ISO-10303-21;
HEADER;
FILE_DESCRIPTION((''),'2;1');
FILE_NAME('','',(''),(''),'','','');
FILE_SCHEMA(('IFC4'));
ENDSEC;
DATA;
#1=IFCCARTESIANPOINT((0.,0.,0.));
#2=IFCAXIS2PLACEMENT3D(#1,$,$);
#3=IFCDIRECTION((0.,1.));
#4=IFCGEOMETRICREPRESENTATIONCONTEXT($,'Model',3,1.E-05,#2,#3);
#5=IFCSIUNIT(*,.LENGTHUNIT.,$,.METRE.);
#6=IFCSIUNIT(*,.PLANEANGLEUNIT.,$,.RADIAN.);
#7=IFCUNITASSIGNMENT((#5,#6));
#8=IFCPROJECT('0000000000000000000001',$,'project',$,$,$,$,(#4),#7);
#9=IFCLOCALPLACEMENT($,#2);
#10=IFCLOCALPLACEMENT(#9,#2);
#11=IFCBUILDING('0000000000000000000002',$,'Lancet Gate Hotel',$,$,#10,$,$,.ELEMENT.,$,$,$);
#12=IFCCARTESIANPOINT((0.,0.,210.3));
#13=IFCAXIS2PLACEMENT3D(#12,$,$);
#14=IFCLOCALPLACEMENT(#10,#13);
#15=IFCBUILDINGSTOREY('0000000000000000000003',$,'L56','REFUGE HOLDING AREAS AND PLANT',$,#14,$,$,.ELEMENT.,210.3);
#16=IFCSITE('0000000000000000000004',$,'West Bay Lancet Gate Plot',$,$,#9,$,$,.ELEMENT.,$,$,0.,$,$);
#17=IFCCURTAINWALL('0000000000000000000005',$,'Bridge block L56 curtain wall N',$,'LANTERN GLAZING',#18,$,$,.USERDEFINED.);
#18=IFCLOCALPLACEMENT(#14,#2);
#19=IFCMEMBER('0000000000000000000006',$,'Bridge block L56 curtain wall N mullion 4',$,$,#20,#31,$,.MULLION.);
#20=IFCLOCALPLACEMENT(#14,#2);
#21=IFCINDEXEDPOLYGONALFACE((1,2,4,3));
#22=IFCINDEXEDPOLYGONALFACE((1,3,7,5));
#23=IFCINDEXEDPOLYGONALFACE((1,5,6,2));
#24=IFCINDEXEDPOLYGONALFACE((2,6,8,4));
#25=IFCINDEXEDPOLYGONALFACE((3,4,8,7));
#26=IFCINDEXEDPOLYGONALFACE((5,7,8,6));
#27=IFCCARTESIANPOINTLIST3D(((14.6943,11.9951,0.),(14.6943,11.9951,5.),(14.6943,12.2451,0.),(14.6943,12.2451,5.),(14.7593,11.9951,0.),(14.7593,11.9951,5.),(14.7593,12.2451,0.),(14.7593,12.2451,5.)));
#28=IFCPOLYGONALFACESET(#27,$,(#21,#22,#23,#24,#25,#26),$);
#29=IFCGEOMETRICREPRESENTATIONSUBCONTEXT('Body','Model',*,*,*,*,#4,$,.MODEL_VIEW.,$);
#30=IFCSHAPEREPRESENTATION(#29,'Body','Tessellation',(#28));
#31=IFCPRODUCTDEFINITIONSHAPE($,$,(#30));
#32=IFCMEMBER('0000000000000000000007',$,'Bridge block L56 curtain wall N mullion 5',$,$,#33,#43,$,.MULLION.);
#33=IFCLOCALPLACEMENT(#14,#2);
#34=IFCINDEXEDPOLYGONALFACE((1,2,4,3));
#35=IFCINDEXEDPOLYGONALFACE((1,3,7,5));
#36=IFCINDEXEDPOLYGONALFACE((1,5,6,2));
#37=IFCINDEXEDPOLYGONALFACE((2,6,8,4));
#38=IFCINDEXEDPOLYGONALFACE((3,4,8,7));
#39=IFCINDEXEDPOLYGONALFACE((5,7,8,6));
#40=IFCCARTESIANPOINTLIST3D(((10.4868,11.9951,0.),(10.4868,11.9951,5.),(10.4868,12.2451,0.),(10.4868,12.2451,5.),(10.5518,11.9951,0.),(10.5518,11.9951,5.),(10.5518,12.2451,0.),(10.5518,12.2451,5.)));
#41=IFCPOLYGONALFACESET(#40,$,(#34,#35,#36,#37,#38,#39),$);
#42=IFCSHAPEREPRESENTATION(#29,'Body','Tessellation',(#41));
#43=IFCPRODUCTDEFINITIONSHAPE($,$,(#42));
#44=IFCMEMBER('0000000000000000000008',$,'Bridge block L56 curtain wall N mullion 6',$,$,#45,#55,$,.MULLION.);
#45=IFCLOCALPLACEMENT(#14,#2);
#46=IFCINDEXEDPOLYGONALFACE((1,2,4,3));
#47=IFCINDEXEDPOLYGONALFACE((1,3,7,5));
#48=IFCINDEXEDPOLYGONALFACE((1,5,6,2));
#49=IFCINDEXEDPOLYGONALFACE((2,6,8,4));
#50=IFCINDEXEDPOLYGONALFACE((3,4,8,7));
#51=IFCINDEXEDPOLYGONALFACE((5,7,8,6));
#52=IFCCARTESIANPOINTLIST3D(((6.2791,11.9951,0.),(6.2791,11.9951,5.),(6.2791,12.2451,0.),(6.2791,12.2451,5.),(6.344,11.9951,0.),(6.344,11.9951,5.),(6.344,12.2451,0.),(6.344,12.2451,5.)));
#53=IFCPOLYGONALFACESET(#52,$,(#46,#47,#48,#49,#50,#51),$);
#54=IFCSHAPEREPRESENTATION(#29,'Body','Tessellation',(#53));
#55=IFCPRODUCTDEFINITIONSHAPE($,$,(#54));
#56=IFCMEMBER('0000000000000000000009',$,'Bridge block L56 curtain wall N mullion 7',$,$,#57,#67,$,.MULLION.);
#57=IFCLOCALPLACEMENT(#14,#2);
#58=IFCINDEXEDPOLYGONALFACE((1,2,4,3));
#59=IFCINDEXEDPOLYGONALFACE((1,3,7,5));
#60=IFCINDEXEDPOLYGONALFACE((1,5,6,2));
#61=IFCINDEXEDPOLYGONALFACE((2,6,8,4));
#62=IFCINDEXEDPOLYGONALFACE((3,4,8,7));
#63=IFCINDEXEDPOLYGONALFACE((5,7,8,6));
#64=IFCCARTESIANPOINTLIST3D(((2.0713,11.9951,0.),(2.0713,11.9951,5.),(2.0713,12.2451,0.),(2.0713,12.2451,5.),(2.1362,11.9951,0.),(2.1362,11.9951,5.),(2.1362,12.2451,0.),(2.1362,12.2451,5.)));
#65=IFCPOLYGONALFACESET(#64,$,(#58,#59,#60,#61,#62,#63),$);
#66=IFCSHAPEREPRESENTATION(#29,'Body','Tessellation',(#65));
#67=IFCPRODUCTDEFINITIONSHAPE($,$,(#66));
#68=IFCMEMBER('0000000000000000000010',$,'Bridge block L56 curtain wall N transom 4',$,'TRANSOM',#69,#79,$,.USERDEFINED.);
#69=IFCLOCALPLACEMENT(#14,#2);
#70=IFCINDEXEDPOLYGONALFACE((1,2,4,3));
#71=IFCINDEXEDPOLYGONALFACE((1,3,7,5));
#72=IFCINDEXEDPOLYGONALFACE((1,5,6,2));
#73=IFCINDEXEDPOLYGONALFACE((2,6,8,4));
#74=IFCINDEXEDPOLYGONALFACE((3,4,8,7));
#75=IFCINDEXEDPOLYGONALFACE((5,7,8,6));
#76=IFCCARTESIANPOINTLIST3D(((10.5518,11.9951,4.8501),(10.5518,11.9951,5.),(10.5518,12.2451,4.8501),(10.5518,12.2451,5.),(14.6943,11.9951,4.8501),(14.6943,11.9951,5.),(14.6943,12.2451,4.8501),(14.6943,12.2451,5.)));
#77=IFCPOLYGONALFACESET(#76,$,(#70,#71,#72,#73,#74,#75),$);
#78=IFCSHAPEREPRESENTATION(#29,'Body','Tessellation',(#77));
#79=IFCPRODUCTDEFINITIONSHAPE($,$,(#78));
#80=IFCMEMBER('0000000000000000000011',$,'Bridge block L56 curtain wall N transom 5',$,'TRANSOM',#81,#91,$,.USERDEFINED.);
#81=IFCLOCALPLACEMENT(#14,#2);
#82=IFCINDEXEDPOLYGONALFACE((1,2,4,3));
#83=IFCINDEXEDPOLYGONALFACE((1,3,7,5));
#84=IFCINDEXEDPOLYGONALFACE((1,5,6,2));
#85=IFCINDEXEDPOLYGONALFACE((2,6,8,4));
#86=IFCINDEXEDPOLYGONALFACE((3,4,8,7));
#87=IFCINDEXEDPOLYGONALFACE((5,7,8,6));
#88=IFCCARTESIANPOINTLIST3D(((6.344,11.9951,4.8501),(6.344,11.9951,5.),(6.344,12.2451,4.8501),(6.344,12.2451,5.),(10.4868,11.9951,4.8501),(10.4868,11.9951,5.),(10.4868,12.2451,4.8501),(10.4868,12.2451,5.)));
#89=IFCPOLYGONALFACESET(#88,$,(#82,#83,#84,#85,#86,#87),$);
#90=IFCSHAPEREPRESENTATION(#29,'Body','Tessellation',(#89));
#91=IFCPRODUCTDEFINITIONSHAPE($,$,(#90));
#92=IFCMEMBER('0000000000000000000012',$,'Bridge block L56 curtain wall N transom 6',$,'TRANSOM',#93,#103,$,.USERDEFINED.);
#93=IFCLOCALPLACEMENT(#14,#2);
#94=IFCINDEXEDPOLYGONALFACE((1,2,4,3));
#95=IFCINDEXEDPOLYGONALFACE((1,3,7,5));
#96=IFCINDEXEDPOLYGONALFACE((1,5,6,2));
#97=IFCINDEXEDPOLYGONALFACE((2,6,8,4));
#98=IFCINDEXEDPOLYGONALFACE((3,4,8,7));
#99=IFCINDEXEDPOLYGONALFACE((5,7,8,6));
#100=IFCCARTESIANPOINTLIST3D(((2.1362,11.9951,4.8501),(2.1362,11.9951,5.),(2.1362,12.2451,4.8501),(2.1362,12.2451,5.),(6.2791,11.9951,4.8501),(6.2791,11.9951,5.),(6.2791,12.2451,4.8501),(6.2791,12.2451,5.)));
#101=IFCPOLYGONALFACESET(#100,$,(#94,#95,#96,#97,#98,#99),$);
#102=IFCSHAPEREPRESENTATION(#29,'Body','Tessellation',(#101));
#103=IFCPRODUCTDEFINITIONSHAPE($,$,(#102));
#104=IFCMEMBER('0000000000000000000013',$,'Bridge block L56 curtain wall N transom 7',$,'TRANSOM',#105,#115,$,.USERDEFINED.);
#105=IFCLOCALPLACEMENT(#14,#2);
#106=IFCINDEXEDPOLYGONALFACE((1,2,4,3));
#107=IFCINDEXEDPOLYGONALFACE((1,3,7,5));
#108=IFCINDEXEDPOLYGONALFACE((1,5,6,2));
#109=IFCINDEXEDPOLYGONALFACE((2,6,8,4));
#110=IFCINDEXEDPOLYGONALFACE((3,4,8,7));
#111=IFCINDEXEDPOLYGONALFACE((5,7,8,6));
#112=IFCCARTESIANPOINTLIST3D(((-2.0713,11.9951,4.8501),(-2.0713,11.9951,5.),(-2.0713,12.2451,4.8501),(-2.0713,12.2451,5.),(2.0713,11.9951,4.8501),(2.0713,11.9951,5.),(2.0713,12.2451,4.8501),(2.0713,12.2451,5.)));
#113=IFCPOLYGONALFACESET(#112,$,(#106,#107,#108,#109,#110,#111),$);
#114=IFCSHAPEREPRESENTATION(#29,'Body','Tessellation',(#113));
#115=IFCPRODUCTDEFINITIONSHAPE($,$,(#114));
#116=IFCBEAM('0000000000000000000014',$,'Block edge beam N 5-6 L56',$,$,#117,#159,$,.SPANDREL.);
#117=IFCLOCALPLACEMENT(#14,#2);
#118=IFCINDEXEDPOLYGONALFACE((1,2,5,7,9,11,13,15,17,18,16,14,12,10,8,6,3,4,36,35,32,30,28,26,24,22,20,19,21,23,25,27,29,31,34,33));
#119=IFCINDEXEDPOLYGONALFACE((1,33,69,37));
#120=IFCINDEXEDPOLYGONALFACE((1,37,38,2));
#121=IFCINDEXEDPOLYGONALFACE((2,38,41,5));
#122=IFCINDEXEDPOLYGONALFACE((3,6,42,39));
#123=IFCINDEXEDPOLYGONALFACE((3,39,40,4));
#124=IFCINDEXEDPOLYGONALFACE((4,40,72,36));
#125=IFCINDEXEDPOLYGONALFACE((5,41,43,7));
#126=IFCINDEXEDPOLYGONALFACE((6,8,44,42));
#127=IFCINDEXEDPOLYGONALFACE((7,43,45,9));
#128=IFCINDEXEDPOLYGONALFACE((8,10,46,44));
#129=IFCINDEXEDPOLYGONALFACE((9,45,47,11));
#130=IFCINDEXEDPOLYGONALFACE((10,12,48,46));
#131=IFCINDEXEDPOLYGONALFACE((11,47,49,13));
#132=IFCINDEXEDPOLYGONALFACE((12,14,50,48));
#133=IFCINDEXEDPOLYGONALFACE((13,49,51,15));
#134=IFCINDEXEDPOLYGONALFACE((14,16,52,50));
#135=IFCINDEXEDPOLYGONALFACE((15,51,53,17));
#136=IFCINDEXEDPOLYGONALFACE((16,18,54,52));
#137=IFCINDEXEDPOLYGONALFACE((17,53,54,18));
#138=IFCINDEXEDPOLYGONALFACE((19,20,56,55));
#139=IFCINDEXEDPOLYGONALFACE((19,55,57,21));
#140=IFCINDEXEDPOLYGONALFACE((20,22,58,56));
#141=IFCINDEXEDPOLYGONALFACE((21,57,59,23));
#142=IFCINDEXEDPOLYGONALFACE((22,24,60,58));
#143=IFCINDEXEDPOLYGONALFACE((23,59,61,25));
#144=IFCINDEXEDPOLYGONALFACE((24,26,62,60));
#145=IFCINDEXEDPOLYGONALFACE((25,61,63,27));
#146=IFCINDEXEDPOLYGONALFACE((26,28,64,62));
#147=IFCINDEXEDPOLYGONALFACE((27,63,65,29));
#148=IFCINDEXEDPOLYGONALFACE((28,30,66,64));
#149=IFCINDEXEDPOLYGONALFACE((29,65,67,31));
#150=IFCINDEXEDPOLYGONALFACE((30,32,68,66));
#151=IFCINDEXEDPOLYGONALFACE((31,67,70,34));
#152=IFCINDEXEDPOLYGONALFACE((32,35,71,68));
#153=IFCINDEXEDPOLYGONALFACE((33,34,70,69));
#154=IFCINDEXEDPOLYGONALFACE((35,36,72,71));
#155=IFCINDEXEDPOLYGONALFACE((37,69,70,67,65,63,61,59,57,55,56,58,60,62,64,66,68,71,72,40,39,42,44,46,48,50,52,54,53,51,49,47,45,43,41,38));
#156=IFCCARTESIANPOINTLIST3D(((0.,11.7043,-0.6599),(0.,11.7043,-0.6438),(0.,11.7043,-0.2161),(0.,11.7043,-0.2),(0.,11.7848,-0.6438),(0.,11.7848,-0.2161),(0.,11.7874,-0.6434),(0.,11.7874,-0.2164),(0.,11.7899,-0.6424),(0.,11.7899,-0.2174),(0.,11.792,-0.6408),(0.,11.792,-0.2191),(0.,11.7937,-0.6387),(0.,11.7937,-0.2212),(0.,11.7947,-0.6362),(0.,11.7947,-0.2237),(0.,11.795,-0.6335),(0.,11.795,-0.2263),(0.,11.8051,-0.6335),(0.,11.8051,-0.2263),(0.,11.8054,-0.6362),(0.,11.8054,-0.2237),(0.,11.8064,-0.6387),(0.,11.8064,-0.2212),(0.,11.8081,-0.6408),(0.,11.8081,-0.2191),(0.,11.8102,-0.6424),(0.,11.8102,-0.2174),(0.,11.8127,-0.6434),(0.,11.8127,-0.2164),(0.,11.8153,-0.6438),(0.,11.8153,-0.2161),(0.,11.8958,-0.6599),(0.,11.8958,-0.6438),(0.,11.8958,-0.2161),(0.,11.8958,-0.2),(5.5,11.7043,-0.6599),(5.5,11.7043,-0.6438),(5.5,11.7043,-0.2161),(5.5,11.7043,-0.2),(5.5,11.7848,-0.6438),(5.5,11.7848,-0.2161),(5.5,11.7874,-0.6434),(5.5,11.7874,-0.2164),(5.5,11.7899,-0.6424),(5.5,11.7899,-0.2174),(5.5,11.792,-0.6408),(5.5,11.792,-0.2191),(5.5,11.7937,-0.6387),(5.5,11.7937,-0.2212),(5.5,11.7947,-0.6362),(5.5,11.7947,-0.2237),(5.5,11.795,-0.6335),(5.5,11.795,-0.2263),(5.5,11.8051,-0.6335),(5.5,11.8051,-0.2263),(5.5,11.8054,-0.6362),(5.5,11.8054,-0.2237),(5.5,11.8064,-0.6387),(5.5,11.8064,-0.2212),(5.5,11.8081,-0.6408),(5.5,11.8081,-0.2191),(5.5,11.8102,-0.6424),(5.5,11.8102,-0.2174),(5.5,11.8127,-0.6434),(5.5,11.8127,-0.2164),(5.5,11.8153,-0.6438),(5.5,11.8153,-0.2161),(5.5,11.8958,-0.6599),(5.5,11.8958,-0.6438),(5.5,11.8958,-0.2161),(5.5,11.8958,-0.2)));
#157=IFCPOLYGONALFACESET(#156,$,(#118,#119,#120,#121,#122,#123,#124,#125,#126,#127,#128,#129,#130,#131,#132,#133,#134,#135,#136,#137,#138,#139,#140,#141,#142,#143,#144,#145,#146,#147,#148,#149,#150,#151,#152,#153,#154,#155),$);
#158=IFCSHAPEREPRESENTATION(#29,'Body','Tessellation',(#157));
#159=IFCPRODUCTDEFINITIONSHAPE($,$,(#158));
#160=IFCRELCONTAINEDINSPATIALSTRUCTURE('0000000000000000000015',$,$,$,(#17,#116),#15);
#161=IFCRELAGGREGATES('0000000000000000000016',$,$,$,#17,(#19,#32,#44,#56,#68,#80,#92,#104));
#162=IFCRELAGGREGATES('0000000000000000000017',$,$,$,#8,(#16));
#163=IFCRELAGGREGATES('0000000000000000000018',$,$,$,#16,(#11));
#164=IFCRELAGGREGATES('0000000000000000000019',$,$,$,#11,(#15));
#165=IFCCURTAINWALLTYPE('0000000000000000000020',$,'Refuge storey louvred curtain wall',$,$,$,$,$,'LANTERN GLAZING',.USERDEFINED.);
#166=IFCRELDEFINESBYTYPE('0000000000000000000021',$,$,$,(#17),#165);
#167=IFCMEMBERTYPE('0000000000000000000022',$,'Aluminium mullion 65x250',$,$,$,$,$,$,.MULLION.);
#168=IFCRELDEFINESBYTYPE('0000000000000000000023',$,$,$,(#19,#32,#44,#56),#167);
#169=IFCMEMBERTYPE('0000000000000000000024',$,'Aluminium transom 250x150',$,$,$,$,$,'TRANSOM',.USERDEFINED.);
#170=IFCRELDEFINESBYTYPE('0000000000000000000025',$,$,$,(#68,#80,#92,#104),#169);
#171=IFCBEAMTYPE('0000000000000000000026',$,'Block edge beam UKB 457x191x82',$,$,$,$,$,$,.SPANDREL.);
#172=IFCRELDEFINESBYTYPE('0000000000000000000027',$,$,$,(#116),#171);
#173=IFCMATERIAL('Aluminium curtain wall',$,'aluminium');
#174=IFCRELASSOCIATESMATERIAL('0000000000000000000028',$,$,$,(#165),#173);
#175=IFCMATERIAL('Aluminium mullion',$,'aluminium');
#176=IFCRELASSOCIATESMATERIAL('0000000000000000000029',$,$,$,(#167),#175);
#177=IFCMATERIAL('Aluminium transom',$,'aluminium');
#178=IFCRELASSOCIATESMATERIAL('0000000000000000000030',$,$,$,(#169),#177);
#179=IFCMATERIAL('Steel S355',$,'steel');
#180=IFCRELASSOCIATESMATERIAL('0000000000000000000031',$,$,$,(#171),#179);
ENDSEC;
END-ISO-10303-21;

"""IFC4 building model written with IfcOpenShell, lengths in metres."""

from ifc_helpers import new_model, si_unit, direction, frame, origin, origin_2d, place, context, subcontext, project, spatial, rectangle, i_section, extrude, material, material_profile, profile_set, type_object, element, aggregate, save


model = new_model("IFC4")

# Units and contexts
model_context = context("Model", 3, precision=1e-05, world=origin(), true_north=direction((0.0, 1.0)))
body_context = subcontext(model_context, "Body", "Model", "MODEL_VIEW")
ifc_project = project(units=[si_unit("LENGTHUNIT", "METRE"), si_unit("PLANEANGLEUNIT", "RADIAN")], contexts=[model_context])

# Site, building, storey
site_placement = place(None, origin())
site = spatial("IfcSite", under=ifc_project, at=site_placement, Name="West Bay Lancet Gate Plot", CompositionType="ELEMENT", RefElevation=0.0)
building_placement = place(site_placement, origin())
building = spatial("IfcBuilding", under=site, at=building_placement, Name="Lancet Gate Hotel", CompositionType="ELEMENT")
storey_placement = place(building_placement, frame((0.0, 0.0, 210.3)))
storey = spatial("IfcBuildingStorey", under=building, at=storey_placement, Name="L56", Description="REFUGE HOLDING AREAS AND PLANT", CompositionType="ELEMENT", Elevation=210.3)

# Curtain wall, members
ifc_material_1 = material(Name="Aluminium curtain wall", Category="aluminium")
curtain_wall_type = type_object("IfcCurtainWallType", Name="Refuge storey louvred curtain wall", ElementType="LANTERN GLAZING", PredefinedType="USERDEFINED", material=ifc_material_1)
curtain_wall_placement = place(storey_placement, origin())
curtain_wall = element("IfcCurtainWall", 1, at=curtain_wall_placement, inside=storey, type_object=curtain_wall_type, Name="Bridge block L56 curtain wall N", ObjectType="LANTERN GLAZING", PredefinedType="USERDEFINED")
ifc_material_2 = material(Name="Aluminium mullion", Category="aluminium")
ifc_material_profile_1 = material_profile(ifc_material_2, rectangle(XDim=0.0649, YDim=0.25, at=origin_2d()), Name="MULLION 65x250")
ifc_profile_set_1 = profile_set([ifc_material_profile_1], Name="Aluminium mullion")
member_type_1 = type_object("IfcMemberType", Name="Aluminium mullion 65x250", PredefinedType="MULLION", material=ifc_profile_set_1)
member_1_placement = place(storey_placement, frame((14.7268, 12.1201, 0.0), z_axis=(0.0, 0.0, 1.0), x_axis=(-1.0, 0.0, 0.0)))
member_1 = element("IfcMember", 2, at=member_1_placement, type_object=member_type_1, Name="Bridge block L56 curtain wall N mullion 4", PredefinedType="MULLION", context=body_context, shape_type="SweptSolid", body=[
    extrude(rectangle(XDim=0.0649, YDim=0.25, at=origin_2d()), origin(), (0.0, 0.0, 1.0), 5.0),
])
member_2_placement = place(storey_placement, frame((10.5193, 12.1201, 0.0), z_axis=(0.0, 0.0, 1.0), x_axis=(-1.0, 0.0, 0.0)))
member_2 = element("IfcMember", 3, at=member_2_placement, type_object=member_type_1, Name="Bridge block L56 curtain wall N mullion 5", PredefinedType="MULLION", context=body_context, shape_type="SweptSolid", body=[
    extrude(rectangle(XDim=0.0649, YDim=0.25, at=origin_2d()), origin(), (0.0, 0.0, 1.0), 5.0),
])
member_3_placement = place(storey_placement, frame((6.3115, 12.1201, 0.0), z_axis=(0.0, 0.0, 1.0), x_axis=(-1.0, 0.0, 0.0)))
member_3 = element("IfcMember", 4, at=member_3_placement, type_object=member_type_1, Name="Bridge block L56 curtain wall N mullion 6", PredefinedType="MULLION", context=body_context, shape_type="SweptSolid", body=[
    extrude(rectangle(XDim=0.0649, YDim=0.25, at=origin_2d()), origin(), (0.0, 0.0, 1.0), 5.0),
])
member_4_placement = place(storey_placement, frame((2.1038, 12.1201, 0.0), z_axis=(0.0, 0.0, 1.0), x_axis=(-1.0, 0.0, 0.0)))
member_4 = element("IfcMember", 5, at=member_4_placement, type_object=member_type_1, Name="Bridge block L56 curtain wall N mullion 7", PredefinedType="MULLION", context=body_context, shape_type="SweptSolid", body=[
    extrude(rectangle(XDim=0.0649, YDim=0.25, at=origin_2d()), origin(), (0.0, 0.0, 1.0), 5.0),
])
ifc_material_3 = material(Name="Aluminium transom", Category="aluminium")
ifc_material_profile_2 = material_profile(ifc_material_3, rectangle(XDim=0.25, YDim=0.1499, at=origin_2d()), Name="TRANSOM 250x150")
ifc_profile_set_2 = profile_set([ifc_material_profile_2], Name="Aluminium transom")
member_type_2 = type_object("IfcMemberType", Name="Aluminium transom 250x150", ElementType="TRANSOM", PredefinedType="USERDEFINED", material=ifc_profile_set_2)
member_5_placement = place(storey_placement, frame((14.6943, 12.1201, 4.925), z_axis=(-1.0, 0.0, 0.0), x_axis=(0.0, -1.0, 0.0)))
member_5 = element("IfcMember", 6, at=member_5_placement, type_object=member_type_2, Name="Bridge block L56 curtain wall N transom 4", ObjectType="TRANSOM", PredefinedType="USERDEFINED", context=body_context, shape_type="SweptSolid", body=[
    extrude(rectangle(XDim=0.25, YDim=0.1499, at=origin_2d()), origin(), (0.0, 0.0, 1.0), 4.1426),
])
member_6_placement = place(storey_placement, frame((10.4868, 12.1201, 4.925), z_axis=(-1.0, 0.0, 0.0), x_axis=(0.0, -1.0, 0.0)))
member_6 = element("IfcMember", 7, at=member_6_placement, type_object=member_type_2, Name="Bridge block L56 curtain wall N transom 5", ObjectType="TRANSOM", PredefinedType="USERDEFINED", context=body_context, shape_type="SweptSolid", body=[
    extrude(rectangle(XDim=0.25, YDim=0.1499, at=origin_2d()), origin(), (0.0, 0.0, 1.0), 4.1428),
])
member_7_placement = place(storey_placement, frame((6.2791, 12.1201, 4.925), z_axis=(-1.0, 0.0, 0.0), x_axis=(0.0, -1.0, 0.0)))
member_7 = element("IfcMember", 8, at=member_7_placement, type_object=member_type_2, Name="Bridge block L56 curtain wall N transom 6", ObjectType="TRANSOM", PredefinedType="USERDEFINED", context=body_context, shape_type="SweptSolid", body=[
    extrude(rectangle(XDim=0.25, YDim=0.1499, at=origin_2d()), origin(), (0.0, 0.0, 1.0), 4.1428),
])
member_8_placement = place(storey_placement, frame((2.0713, 12.1201, 4.925), z_axis=(-1.0, 0.0, 0.0), x_axis=(0.0, -1.0, 0.0)))
member_8 = element("IfcMember", 9, at=member_8_placement, type_object=member_type_2, Name="Bridge block L56 curtain wall N transom 7", ObjectType="TRANSOM", PredefinedType="USERDEFINED", context=body_context, shape_type="SweptSolid", body=[
    extrude(rectangle(XDim=0.25, YDim=0.1499, at=origin_2d()), origin(), (0.0, 0.0, 1.0), 4.1426),
])

# Beam
ifc_material_4 = material(Name="Steel S355", Category="steel")
ifc_material_profile_3 = material_profile(ifc_material_4, i_section(OverallWidth=0.1914, OverallDepth=0.46, WebThickness=0.01, FlangeThickness=0.0161, FilletRadius=0.0103, at=origin_2d()), Name="UKB 457x191x82")
ifc_profile_set_3 = profile_set([ifc_material_profile_3], Name="Steel S355")
beam_type_1 = type_object("IfcBeamType", Name="Block edge beam UKB 457x191x82", PredefinedType="SPANDREL", material=ifc_profile_set_3)
for number, where, z_axis, x_axis, name in (
    (10, (0.0, 11.8, -0.4299), (1.0, 0.0, 0.0), (0.0, 1.0, 0.0), "Block edge beam N 5-6 L56"),
):
    element("IfcBeam", number, at=place(storey_placement, frame(where, z_axis=z_axis, x_axis=x_axis)), inside=storey, type_object=beam_type_1, Name=name, PredefinedType="SPANDREL", context=body_context, shape_type="SweptSolid", body=[
        extrude(i_section(OverallWidth=0.1914, OverallDepth=0.46, WebThickness=0.01, FlangeThickness=0.0161, FilletRadius=0.0103, at=origin_2d()), origin(), (0.0, 0.0, 1.0), 5.5),
    ])

aggregate(curtain_wall, [member_1, member_2, member_3, member_4, member_5, member_6, member_7, member_8])

save(model, "model.ifc")
